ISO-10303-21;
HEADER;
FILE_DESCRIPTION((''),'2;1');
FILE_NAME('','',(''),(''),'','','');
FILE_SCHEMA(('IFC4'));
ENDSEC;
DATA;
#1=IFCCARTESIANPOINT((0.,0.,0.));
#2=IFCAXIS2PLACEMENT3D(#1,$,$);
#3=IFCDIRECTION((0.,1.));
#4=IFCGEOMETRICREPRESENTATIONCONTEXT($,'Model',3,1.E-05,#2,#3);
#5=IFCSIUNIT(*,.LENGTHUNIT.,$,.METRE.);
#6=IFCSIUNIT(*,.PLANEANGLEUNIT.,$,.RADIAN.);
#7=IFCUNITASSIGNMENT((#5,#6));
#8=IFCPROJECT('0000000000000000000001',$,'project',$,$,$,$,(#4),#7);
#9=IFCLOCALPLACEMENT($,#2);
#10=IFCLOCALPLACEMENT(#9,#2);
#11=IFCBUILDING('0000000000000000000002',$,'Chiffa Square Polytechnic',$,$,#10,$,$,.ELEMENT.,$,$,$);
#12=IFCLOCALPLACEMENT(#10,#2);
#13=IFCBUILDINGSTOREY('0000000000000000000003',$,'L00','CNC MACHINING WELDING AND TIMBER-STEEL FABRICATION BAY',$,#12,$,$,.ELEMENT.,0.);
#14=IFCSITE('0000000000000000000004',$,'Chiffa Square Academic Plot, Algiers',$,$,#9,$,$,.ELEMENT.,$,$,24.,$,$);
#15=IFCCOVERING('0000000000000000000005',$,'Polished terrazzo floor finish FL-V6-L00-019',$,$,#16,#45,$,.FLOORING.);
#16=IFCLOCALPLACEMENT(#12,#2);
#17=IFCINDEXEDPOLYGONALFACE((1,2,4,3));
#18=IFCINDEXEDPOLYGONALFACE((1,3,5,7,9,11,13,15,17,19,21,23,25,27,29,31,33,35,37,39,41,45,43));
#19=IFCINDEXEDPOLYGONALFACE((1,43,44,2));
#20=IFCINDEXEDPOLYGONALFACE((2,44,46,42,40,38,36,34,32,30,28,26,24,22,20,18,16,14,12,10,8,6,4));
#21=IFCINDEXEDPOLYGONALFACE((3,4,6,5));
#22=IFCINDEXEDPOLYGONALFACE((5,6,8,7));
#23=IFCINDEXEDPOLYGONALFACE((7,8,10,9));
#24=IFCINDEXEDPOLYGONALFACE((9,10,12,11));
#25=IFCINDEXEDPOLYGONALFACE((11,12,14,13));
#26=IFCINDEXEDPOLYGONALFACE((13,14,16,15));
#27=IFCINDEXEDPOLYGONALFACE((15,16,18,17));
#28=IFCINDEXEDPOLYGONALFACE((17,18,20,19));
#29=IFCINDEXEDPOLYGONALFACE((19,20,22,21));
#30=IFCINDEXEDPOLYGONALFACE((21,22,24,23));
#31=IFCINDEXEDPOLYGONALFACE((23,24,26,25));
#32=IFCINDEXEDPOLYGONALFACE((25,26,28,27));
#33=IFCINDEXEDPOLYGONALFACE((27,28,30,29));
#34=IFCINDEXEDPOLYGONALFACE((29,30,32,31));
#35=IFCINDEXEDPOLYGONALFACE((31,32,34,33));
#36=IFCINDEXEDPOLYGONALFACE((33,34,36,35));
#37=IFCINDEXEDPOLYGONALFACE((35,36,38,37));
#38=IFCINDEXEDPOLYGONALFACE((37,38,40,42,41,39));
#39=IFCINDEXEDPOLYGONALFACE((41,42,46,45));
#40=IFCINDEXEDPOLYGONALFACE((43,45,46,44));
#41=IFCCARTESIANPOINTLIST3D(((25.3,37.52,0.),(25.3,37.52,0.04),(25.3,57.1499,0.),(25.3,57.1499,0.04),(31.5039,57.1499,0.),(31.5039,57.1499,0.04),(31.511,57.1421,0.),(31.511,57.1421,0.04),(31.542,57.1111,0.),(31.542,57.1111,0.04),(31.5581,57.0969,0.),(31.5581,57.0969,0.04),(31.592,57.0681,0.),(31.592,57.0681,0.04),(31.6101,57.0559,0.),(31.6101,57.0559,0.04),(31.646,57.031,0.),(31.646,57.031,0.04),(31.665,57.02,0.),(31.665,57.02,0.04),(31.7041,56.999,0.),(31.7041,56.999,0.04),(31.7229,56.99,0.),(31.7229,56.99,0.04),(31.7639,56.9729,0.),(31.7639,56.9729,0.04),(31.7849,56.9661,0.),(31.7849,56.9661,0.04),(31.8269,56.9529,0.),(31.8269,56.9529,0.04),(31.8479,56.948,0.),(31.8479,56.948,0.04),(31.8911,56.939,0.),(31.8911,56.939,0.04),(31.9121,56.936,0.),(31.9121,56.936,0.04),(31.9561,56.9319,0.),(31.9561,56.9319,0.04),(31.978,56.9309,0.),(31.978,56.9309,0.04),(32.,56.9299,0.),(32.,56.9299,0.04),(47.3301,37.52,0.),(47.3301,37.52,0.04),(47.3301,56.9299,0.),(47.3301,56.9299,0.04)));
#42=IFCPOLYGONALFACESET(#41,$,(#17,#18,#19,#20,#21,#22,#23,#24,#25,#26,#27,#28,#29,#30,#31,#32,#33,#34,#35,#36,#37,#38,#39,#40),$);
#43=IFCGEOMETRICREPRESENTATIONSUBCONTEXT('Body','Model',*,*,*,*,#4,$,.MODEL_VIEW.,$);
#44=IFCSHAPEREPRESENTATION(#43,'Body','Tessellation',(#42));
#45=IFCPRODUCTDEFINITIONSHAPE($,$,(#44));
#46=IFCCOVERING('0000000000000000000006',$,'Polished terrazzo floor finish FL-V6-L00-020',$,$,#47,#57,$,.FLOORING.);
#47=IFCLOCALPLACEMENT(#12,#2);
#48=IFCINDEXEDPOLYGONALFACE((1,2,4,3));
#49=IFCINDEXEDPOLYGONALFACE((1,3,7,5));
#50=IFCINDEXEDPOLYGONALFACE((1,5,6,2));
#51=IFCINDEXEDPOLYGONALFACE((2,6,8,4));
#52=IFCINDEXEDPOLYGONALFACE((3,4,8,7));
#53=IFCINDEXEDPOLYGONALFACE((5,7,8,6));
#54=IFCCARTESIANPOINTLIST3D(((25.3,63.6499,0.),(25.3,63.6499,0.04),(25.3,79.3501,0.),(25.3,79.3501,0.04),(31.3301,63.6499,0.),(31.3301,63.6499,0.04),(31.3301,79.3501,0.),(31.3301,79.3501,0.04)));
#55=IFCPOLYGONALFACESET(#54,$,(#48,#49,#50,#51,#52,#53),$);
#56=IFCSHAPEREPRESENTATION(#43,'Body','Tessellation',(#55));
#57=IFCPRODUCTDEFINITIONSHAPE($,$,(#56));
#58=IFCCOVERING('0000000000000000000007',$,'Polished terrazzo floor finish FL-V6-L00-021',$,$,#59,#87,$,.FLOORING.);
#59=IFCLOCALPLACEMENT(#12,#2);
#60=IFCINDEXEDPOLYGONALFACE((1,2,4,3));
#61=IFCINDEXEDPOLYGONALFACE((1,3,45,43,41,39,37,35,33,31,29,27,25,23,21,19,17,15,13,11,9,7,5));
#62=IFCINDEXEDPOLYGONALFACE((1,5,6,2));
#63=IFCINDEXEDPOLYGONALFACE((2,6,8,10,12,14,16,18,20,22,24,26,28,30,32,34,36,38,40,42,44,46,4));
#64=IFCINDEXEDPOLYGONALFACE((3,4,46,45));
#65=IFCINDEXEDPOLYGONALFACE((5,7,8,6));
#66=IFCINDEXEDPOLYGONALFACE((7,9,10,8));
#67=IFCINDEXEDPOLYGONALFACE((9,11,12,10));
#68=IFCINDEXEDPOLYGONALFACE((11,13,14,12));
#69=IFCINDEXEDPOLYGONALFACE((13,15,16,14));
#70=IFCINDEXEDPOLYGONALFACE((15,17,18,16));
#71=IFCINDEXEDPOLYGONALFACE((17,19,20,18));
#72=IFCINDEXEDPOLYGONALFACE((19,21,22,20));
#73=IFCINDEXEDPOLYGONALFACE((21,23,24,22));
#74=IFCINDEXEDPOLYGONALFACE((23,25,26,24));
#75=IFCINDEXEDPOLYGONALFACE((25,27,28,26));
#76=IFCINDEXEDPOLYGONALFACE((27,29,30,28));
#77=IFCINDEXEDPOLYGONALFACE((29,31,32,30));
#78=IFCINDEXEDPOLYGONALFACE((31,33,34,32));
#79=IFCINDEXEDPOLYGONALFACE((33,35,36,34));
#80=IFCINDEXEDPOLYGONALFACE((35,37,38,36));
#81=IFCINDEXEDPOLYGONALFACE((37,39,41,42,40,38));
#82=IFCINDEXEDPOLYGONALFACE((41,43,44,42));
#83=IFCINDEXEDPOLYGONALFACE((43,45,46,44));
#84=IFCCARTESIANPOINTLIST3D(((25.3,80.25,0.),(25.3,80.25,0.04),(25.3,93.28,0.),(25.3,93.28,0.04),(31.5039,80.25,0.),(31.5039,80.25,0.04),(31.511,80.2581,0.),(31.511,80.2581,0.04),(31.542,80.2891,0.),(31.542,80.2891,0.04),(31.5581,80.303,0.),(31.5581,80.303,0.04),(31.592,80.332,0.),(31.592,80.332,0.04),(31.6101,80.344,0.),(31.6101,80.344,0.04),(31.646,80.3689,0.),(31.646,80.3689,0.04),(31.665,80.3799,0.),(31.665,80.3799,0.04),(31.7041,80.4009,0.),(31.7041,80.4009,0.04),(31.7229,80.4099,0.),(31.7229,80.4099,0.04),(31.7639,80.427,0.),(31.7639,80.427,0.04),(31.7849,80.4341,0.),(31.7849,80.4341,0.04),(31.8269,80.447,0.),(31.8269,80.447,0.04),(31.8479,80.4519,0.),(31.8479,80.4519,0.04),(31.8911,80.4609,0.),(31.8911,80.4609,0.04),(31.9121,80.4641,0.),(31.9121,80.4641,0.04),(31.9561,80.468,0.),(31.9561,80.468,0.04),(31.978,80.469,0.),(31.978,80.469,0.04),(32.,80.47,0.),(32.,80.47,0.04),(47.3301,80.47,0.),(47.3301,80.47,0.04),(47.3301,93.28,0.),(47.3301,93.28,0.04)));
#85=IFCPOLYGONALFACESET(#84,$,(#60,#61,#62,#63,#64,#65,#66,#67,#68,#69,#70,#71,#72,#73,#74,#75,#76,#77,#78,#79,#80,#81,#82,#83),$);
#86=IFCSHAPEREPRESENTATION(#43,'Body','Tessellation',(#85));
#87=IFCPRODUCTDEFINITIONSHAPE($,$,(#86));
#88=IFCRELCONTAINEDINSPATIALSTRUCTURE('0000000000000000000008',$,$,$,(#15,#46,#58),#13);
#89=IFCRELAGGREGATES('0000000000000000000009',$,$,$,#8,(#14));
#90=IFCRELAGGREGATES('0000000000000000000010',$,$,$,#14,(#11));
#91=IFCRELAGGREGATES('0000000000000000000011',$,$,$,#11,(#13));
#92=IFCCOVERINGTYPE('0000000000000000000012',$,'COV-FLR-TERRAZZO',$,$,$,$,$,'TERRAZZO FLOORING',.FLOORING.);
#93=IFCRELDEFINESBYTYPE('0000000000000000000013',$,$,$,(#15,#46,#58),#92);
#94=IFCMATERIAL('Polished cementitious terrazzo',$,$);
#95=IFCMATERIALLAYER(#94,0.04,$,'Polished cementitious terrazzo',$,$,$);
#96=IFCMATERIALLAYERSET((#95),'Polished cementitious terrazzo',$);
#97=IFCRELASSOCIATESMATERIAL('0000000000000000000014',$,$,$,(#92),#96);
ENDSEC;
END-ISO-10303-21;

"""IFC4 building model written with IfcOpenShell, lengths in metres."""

from ifc_helpers import new_model, si_unit, direction, origin, place, context, subcontext, project, spatial, polyline, outline, extrude, material, layer, layer_set, type_object, element, save


model = new_model("IFC4")

# Units and contexts
model_context = context("Model", 3, precision=1e-05, world=origin(), true_north=direction((0.0, 1.0)))
body_context = subcontext(model_context, "Body", "Model", "MODEL_VIEW")
ifc_project = project(units=[si_unit("LENGTHUNIT", "METRE"), si_unit("PLANEANGLEUNIT", "RADIAN")], contexts=[model_context])

# Site, building, storey
site_placement = place(None, origin())
site = spatial("IfcSite", under=ifc_project, at=site_placement, Name="Chiffa Square Academic Plot, Algiers", CompositionType="ELEMENT", RefElevation=24.0)
building_placement = place(site_placement, origin())
building = spatial("IfcBuilding", under=site, at=building_placement, Name="Chiffa Square Polytechnic", CompositionType="ELEMENT")
storey_placement = place(building_placement, origin())
storey = spatial("IfcBuildingStorey", under=building, at=storey_placement, Name="L00", Description="CNC MACHINING WELDING AND TIMBER-STEEL FABRICATION BAY", CompositionType="ELEMENT", Elevation=0.0)

# Coverings
ifc_material_1 = material(Name="Polished cementitious terrazzo")
ifc_layer_1 = layer(ifc_material_1, 0.04, Name="Polished cementitious terrazzo")
ifc_layer_set_1 = layer_set([ifc_layer_1], Name="Polished cementitious terrazzo")
covering_type_1 = type_object("IfcCoveringType", Name="COV-FLR-TERRAZZO", ElementType="TERRAZZO FLOORING", PredefinedType="FLOORING", material=ifc_layer_set_1)
covering_1_placement = place(storey_placement, origin())
element("IfcCovering", 1, at=covering_1_placement, inside=storey, type_object=covering_type_1, Name="Polished terrazzo floor finish FL-V6-L00-019", PredefinedType="FLOORING", context=body_context, shape_type="SweptSolid", body=[
    extrude(outline(polyline([(25.3, 57.1499), (31.5039, 57.1499), (31.511, 57.1421), (31.542, 57.1111), (31.5581, 57.0969), (31.592, 57.0681), (31.6101, 57.0559), (31.646, 57.031), (31.665, 57.02), (31.7041, 56.999), (31.7229, 56.99), (31.7639, 56.9729), (31.7849, 56.9661), (31.8269, 56.9529), (31.8479, 56.948), (31.8911, 56.939), (31.9121, 56.936), (31.9561, 56.9319), (31.978, 56.9309), (32.0, 56.9299), (47.3301, 56.9299), (47.3301, 37.52), (25.3, 37.52), (25.3, 57.1499)])), origin(), (0.0, 0.0, 1.0), 0.04),
])
covering_2_placement = place(storey_placement, origin())
element("IfcCovering", 2, at=covering_2_placement, inside=storey, type_object=covering_type_1, Name="Polished terrazzo floor finish FL-V6-L00-020", PredefinedType="FLOORING", context=body_context, shape_type="SweptSolid", body=[
    extrude(outline(polyline([(25.3, 63.6499), (25.3, 79.3501), (31.3301, 79.3501), (31.3301, 63.6499), (25.3, 63.6499)])), origin(), (0.0, 0.0, 1.0), 0.04),
])
covering_3_placement = place(storey_placement, origin())
element("IfcCovering", 3, at=covering_3_placement, inside=storey, type_object=covering_type_1, Name="Polished terrazzo floor finish FL-V6-L00-021", PredefinedType="FLOORING", context=body_context, shape_type="SweptSolid", body=[
    extrude(outline(polyline([(25.3, 80.25), (25.3, 93.28), (47.3301, 93.28), (47.3301, 80.47), (32.0, 80.47), (31.978, 80.469), (31.9561, 80.468), (31.9121, 80.4641), (31.8911, 80.4609), (31.8479, 80.4519), (31.8269, 80.447), (31.7849, 80.4341), (31.7639, 80.427), (31.7229, 80.4099), (31.7041, 80.4009), (31.665, 80.3799), (31.646, 80.3689), (31.6101, 80.344), (31.592, 80.332), (31.5581, 80.303), (31.542, 80.2891), (31.511, 80.2581), (31.5039, 80.25), (25.3, 80.25)])), origin(), (0.0, 0.0, 1.0), 0.04),
])

save(model, "model.ifc")
